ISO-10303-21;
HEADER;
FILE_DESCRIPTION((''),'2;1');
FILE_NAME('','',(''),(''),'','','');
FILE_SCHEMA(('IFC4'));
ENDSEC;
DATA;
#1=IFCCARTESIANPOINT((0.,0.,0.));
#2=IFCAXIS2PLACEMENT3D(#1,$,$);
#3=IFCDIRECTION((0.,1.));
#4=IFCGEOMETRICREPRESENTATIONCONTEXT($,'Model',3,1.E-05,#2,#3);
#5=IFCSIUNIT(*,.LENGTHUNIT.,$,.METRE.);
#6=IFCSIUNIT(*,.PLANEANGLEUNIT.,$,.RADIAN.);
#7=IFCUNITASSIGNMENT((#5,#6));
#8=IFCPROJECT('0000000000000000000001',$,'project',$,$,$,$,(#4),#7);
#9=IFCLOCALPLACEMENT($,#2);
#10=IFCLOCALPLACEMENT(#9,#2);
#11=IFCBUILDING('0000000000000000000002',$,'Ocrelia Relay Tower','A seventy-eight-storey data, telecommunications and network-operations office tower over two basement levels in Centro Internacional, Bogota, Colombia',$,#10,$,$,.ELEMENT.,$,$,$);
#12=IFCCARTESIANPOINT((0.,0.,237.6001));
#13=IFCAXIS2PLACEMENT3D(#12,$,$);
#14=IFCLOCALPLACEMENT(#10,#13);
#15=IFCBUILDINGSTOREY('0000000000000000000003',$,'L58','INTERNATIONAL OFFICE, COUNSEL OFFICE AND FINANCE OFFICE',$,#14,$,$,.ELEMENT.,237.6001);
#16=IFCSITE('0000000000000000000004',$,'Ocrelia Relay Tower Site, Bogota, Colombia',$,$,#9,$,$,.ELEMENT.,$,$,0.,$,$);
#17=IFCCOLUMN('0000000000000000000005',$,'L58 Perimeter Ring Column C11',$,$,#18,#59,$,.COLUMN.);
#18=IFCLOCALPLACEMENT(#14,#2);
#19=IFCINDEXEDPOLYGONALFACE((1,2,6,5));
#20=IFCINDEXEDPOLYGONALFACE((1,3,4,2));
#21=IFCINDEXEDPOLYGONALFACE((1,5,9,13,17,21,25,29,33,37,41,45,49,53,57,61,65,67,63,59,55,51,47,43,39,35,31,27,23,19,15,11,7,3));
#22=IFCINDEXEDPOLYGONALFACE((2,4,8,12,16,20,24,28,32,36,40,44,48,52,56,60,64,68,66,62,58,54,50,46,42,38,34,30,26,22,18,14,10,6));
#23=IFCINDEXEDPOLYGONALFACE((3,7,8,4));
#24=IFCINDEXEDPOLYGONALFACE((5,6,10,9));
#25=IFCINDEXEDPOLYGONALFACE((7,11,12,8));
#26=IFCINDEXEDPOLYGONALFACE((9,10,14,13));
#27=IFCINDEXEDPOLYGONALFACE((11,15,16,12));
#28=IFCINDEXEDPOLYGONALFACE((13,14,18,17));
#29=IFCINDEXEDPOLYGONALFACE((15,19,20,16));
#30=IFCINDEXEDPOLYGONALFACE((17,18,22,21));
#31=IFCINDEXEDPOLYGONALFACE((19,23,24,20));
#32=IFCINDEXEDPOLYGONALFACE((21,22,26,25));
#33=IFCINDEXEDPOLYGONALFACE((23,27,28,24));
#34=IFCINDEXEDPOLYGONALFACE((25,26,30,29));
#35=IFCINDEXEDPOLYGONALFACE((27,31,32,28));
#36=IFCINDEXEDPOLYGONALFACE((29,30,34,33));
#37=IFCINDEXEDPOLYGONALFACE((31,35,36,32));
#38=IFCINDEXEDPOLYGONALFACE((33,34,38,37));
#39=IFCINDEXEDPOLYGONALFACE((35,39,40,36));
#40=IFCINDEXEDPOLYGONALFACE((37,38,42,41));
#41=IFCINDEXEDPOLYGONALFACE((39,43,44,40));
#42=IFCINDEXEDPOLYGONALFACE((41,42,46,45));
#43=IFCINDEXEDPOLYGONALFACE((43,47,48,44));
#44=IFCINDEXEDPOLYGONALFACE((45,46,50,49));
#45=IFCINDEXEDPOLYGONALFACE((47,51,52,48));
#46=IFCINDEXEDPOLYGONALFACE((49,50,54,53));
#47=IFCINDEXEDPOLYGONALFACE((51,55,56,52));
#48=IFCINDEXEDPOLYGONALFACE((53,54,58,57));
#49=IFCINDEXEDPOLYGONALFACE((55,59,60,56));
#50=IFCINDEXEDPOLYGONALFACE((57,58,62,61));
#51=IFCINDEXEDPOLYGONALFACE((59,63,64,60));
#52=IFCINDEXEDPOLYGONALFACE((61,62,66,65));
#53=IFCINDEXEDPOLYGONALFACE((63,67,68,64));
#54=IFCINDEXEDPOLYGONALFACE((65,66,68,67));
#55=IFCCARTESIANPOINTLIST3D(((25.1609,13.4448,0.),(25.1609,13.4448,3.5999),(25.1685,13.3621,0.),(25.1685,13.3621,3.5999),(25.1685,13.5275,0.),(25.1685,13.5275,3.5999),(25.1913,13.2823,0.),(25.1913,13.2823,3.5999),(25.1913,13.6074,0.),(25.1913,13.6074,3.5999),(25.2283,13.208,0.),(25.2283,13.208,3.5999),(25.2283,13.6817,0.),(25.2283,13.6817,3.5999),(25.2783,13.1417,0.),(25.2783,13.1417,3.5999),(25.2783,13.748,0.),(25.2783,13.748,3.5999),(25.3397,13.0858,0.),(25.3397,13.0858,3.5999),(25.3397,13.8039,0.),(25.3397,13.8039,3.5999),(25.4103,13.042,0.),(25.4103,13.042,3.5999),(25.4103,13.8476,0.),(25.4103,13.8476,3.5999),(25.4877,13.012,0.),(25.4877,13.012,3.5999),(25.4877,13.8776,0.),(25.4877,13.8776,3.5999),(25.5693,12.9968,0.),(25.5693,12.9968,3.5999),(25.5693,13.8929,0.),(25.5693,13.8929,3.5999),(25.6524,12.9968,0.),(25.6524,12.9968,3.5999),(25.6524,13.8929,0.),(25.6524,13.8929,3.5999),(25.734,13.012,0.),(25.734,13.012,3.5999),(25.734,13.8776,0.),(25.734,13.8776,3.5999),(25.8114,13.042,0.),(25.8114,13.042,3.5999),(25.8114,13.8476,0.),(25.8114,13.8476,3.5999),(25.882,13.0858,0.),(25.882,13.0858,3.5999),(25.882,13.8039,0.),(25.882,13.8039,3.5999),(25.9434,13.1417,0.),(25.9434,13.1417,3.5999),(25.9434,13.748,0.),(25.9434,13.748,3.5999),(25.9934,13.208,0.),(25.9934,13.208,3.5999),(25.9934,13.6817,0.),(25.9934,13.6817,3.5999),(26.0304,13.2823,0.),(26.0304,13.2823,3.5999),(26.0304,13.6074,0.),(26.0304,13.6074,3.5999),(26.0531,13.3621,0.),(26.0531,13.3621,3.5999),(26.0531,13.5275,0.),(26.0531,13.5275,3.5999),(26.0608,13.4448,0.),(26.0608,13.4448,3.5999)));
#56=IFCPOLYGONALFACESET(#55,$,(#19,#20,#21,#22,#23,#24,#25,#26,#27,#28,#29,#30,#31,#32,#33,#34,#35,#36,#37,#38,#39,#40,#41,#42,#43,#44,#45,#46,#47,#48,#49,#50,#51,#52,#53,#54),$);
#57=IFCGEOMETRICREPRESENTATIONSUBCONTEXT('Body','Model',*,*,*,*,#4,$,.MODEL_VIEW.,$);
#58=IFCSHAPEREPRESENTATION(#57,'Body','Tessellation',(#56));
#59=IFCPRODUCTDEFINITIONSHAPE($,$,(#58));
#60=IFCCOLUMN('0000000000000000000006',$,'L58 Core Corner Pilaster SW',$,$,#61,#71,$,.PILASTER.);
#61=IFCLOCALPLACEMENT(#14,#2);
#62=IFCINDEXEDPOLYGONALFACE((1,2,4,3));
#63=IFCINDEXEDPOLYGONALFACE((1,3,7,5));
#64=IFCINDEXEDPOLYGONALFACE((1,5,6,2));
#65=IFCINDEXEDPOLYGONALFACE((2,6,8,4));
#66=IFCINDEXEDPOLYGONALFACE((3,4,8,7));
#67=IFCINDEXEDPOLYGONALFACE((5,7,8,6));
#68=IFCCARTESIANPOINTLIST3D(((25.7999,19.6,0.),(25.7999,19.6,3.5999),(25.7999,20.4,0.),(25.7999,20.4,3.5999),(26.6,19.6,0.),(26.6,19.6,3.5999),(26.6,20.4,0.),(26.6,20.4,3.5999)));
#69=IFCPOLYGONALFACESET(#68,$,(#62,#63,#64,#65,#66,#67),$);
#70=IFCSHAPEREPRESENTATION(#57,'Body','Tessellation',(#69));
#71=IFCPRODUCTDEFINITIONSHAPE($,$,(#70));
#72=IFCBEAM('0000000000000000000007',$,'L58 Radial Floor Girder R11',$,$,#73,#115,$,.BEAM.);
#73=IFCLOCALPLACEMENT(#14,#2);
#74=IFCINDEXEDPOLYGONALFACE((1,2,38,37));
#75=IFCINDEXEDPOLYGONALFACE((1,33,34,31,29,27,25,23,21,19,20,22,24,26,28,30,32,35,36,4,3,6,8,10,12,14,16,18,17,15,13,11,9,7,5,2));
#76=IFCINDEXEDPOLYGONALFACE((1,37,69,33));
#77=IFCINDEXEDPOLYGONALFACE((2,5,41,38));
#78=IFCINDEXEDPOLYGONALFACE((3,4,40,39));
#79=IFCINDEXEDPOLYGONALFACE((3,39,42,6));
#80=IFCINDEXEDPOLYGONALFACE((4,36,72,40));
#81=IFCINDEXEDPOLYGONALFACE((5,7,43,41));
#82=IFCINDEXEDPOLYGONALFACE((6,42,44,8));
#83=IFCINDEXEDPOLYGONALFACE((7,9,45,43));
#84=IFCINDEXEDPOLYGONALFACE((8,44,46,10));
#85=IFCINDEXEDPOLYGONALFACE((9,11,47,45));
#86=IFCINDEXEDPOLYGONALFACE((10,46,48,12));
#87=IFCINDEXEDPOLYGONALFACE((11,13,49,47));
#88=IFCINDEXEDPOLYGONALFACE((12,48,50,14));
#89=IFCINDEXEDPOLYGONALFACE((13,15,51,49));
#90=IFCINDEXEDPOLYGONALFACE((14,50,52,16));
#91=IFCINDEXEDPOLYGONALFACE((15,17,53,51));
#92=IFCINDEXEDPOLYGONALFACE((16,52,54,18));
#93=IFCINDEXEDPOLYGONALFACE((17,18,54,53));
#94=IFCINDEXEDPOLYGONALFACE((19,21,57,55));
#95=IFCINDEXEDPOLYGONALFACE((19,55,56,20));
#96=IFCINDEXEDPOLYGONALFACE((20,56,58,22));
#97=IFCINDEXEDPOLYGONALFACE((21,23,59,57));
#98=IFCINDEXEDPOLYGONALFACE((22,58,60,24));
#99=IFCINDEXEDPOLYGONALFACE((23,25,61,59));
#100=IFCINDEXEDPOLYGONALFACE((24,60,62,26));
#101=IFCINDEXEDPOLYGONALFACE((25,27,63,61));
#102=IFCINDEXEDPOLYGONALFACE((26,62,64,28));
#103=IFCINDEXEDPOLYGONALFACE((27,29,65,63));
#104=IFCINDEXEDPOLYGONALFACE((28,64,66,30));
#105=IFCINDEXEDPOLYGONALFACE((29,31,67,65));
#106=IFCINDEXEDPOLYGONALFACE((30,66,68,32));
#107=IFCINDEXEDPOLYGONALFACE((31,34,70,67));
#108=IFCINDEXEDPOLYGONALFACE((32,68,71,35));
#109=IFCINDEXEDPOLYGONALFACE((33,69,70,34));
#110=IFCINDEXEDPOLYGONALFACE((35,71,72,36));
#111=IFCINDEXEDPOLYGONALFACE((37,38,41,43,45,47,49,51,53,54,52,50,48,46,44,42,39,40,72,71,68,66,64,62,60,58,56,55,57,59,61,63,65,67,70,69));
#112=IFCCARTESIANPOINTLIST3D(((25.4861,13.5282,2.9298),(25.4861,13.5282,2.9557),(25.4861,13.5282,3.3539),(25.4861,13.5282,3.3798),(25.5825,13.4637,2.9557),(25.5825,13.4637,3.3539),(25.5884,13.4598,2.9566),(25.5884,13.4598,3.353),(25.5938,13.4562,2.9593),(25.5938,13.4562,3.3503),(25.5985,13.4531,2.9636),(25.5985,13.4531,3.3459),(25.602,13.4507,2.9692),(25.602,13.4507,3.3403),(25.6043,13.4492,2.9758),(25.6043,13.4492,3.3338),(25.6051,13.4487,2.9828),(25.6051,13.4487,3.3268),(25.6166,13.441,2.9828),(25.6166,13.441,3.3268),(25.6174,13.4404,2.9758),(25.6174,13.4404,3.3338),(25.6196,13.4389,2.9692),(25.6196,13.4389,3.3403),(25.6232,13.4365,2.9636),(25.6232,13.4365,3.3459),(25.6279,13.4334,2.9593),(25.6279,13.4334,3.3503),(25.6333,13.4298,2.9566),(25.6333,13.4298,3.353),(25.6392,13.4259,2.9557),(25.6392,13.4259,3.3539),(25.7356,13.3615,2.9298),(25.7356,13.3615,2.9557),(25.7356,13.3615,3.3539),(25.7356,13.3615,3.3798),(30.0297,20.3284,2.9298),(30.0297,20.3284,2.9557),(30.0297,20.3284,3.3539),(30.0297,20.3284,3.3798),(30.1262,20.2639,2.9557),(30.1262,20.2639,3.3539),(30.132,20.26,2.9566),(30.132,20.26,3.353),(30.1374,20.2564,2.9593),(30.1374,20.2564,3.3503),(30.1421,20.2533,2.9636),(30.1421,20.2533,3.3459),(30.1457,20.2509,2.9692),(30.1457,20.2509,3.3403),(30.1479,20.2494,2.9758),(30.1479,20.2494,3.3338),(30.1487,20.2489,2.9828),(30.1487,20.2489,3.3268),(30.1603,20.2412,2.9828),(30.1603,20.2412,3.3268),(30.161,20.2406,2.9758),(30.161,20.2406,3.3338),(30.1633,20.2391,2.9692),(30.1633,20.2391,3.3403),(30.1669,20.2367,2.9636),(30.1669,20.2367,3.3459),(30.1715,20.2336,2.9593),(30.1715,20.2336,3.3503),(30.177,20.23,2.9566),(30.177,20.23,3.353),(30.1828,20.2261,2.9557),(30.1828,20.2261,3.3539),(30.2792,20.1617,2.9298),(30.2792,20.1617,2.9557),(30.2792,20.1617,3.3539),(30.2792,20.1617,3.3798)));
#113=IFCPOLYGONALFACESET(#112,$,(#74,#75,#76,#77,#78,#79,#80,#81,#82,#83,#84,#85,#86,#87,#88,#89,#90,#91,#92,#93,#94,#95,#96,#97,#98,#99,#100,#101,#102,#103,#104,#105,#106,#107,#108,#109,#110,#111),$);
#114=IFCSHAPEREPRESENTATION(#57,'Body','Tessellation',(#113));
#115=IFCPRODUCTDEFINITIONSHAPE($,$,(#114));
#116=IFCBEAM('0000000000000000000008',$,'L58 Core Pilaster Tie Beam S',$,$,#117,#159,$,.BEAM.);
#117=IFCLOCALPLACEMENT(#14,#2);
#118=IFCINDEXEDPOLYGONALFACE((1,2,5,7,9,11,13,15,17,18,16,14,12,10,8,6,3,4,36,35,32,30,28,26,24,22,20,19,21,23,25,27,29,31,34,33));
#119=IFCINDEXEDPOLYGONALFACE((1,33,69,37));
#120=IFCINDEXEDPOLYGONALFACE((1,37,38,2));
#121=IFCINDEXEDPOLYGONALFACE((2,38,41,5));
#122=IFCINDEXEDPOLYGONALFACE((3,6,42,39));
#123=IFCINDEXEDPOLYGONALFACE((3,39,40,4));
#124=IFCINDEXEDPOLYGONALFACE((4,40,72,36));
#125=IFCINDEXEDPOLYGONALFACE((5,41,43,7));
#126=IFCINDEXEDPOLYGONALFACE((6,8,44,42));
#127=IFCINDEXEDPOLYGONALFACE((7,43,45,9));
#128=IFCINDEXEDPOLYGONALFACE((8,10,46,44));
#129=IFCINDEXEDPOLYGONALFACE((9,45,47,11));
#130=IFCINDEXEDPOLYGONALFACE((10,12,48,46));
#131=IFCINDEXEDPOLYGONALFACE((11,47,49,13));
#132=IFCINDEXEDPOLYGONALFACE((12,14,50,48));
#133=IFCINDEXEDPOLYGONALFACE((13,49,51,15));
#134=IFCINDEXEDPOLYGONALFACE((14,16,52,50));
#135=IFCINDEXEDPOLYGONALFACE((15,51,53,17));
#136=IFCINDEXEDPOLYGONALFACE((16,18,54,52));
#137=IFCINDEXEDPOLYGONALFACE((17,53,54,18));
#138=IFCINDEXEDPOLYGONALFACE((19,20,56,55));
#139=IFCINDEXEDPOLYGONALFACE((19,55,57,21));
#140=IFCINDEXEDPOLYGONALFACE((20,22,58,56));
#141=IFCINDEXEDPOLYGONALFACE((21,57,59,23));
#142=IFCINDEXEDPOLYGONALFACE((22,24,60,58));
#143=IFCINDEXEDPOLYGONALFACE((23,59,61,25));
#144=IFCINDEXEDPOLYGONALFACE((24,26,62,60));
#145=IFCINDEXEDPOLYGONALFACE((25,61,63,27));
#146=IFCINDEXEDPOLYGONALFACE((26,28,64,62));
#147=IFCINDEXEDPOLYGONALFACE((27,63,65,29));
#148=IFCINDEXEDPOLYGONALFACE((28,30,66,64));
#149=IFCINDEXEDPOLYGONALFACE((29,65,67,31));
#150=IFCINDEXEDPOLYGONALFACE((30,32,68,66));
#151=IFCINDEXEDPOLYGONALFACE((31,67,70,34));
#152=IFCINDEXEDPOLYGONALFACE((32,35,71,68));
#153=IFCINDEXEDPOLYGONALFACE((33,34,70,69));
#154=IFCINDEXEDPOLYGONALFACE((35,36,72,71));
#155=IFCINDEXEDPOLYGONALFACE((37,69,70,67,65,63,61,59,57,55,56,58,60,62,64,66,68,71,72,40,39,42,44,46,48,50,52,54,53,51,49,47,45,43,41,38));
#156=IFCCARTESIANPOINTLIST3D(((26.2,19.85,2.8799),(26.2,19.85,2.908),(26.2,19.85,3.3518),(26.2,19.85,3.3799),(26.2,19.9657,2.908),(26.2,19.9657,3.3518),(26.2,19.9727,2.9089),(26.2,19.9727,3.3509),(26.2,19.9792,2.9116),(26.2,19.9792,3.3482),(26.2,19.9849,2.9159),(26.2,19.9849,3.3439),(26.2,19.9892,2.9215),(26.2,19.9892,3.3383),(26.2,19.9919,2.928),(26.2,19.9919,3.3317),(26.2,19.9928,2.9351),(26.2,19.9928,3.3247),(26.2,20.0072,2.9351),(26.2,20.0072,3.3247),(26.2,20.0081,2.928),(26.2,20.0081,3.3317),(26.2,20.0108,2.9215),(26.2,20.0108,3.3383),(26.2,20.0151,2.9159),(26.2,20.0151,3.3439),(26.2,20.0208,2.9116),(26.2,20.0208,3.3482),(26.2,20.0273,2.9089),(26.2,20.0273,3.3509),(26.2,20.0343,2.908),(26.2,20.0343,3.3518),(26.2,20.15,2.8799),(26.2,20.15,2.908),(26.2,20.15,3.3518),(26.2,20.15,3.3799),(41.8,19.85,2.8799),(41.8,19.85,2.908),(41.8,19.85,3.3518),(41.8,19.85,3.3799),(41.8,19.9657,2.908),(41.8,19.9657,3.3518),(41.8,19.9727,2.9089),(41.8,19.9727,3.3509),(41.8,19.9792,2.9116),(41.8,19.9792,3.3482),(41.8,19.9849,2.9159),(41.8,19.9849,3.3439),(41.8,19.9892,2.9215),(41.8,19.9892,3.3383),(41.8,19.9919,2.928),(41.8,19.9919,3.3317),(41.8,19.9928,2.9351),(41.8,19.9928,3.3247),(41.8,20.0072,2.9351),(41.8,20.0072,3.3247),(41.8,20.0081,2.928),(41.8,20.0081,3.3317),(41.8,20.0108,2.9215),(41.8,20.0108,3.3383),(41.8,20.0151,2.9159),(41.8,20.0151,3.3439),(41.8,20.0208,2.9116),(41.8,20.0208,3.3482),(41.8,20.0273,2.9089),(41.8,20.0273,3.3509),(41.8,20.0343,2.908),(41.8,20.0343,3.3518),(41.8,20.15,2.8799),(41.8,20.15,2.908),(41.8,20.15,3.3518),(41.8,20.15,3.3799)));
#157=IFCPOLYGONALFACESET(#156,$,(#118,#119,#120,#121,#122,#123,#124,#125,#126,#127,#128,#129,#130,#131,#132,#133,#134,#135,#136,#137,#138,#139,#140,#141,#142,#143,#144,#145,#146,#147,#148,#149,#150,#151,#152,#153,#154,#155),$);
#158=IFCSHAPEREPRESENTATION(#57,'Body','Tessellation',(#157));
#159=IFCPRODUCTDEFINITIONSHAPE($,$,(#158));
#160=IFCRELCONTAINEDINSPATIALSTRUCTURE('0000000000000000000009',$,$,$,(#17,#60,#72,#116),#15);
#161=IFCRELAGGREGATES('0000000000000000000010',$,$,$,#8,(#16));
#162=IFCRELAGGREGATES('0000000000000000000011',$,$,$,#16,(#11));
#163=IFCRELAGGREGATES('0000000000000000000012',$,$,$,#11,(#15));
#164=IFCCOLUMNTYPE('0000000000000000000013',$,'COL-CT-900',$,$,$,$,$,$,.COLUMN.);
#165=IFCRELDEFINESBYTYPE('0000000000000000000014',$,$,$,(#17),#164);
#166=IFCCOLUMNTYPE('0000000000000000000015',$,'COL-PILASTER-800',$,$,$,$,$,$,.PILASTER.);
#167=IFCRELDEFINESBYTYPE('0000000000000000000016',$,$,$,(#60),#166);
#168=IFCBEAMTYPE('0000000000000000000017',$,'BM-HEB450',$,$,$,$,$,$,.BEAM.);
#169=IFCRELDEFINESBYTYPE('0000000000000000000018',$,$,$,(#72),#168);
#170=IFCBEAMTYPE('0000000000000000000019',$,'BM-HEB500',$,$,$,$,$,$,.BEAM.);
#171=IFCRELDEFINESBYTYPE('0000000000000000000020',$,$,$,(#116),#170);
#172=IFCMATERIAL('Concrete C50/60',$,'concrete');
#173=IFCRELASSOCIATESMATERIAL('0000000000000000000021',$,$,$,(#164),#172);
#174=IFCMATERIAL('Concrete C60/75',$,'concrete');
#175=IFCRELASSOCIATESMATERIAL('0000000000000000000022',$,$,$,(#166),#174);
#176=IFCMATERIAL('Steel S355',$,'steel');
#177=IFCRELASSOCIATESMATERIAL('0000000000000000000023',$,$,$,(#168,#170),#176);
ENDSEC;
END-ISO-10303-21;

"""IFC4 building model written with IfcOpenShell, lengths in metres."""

from ifc_helpers import new_model, si_unit, direction, frame, origin, origin_2d, place, context, subcontext, project, spatial, rectangle, circle, i_section, extrude, material, material_profile, profile_set, type_object, element, save


model = new_model("IFC4")

# Units and contexts
model_context = context("Model", 3, precision=1e-05, world=origin(), true_north=direction((0.0, 1.0)))
body_context = subcontext(model_context, "Body", "Model", "MODEL_VIEW")
ifc_project = project(units=[si_unit("LENGTHUNIT", "METRE"), si_unit("PLANEANGLEUNIT", "RADIAN")], contexts=[model_context])

# Site, building, storey
site_placement = place(None, origin())
site = spatial("IfcSite", under=ifc_project, at=site_placement, Name="Ocrelia Relay Tower Site, Bogota, Colombia", CompositionType="ELEMENT", RefElevation=0.0)
building_placement = place(site_placement, origin())
building = spatial("IfcBuilding", under=site, at=building_placement, Name="Ocrelia Relay Tower", Description="A seventy-eight-storey data, telecommunications and network-operations office tower over two basement levels in Centro Internacional, Bogota, Colombia", CompositionType="ELEMENT")
storey_placement = place(building_placement, frame((0.0, 0.0, 237.6001)))
storey = spatial("IfcBuildingStorey", under=building, at=storey_placement, Name="L58", Description="INTERNATIONAL OFFICE, COUNSEL OFFICE AND FINANCE OFFICE", CompositionType="ELEMENT", Elevation=237.6001)

# Columns
ifc_material_1 = material(Name="Concrete C50/60", Category="concrete")
ifc_material_profile_1 = material_profile(ifc_material_1, circle(Radius=0.45, at=origin_2d()), Name="RC-CIR-900")
ifc_profile_set_1 = profile_set([ifc_material_profile_1], Name="Concrete C50/60")
column_type_1 = type_object("IfcColumnType", Name="COL-CT-900", PredefinedType="COLUMN", material=ifc_profile_set_1)
column_1_placement = place(storey_placement, frame((25.6108, 13.4448, 0.0), z_axis=(0.0, 0.0, 1.0), x_axis=(1.0, 0.0, 0.0)))
element("IfcColumn", 1, at=column_1_placement, inside=storey, type_object=column_type_1, Name="L58 Perimeter Ring Column C11", PredefinedType="COLUMN", context=body_context, shape_type="SweptSolid", body=[
    extrude(circle(Radius=0.45, at=origin_2d()), origin(), (0.0, 0.0, 1.0), 3.5999),
])
ifc_material_2 = material(Name="Concrete C60/75", Category="concrete")
ifc_material_profile_2 = material_profile(ifc_material_2, rectangle(XDim=0.8, YDim=0.8, at=origin_2d()), Name="RC-COL-800x800")
ifc_profile_set_2 = profile_set([ifc_material_profile_2], Name="Concrete C60/75")
column_type_2 = type_object("IfcColumnType", Name="COL-PILASTER-800", PredefinedType="PILASTER", material=ifc_profile_set_2)
column_2_placement = place(storey_placement, frame((26.2, 20.0, 0.0), z_axis=(0.0, 0.0, 1.0), x_axis=(1.0, 0.0, 0.0)))
element("IfcColumn", 2, at=column_2_placement, inside=storey, type_object=column_type_2, Name="L58 Core Corner Pilaster SW", PredefinedType="PILASTER", context=body_context, shape_type="SweptSolid", body=[
    extrude(rectangle(XDim=0.8, YDim=0.8, at=origin_2d()), origin(), (0.0, 0.0, 1.0), 3.5999),
])

# Beams
ifc_material_3 = material(Name="Steel S355", Category="steel")
ifc_material_profile_3 = material_profile(ifc_material_3, i_section(OverallWidth=0.3, OverallDepth=0.45, WebThickness=0.0139, FlangeThickness=0.0259, FilletRadius=0.0271, at=origin_2d()), Name="HEB 450")
ifc_profile_set_3 = profile_set([ifc_material_profile_3], Name="Steel S355")
beam_type_1 = type_object("IfcBeamType", Name="BM-HEB450", PredefinedType="BEAM", material=ifc_profile_set_3)
beam_1_placement = place(storey_placement, frame((25.6108, 13.4448, 3.1548), z_axis=(0.555561, 0.831476, 0.0), x_axis=(-0.831476, 0.555561, 0.0)))
element("IfcBeam", 3, at=beam_1_placement, inside=storey, type_object=beam_type_1, Name="L58 Radial Floor Girder R11", PredefinedType="BEAM", context=body_context, shape_type="SweptSolid", body=[
    extrude(i_section(OverallWidth=0.3, OverallDepth=0.45, WebThickness=0.0139, FlangeThickness=0.0259, FilletRadius=0.0271, at=origin_2d()), origin(), (0.0, 0.0, 1.0), 8.1785),
])
ifc_material_profile_4 = material_profile(ifc_material_3, i_section(OverallWidth=0.3, OverallDepth=0.5, WebThickness=0.0144, FlangeThickness=0.0281, FilletRadius=0.0271, at=origin_2d()), Name="HEB 500")
ifc_profile_set_4 = profile_set([ifc_material_profile_4], Name="Steel S355")
beam_type_2 = type_object("IfcBeamType", Name="BM-HEB500", PredefinedType="BEAM", material=ifc_profile_set_4)
beam_2_placement = place(storey_placement, frame((26.2, 20.0, 3.1299), z_axis=(1.0, 0.0, 0.0), x_axis=(0.0, 1.0, 0.0)))
element("IfcBeam", 4, at=beam_2_placement, inside=storey, type_object=beam_type_2, Name="L58 Core Pilaster Tie Beam S", PredefinedType="BEAM", context=body_context, shape_type="SweptSolid", body=[
    extrude(i_section(OverallWidth=0.3, OverallDepth=0.5, WebThickness=0.0144, FlangeThickness=0.0281, FilletRadius=0.0271, at=origin_2d()), origin(), (0.0, 0.0, 1.0), 15.6001),
])

save(model, "model.ifc")
